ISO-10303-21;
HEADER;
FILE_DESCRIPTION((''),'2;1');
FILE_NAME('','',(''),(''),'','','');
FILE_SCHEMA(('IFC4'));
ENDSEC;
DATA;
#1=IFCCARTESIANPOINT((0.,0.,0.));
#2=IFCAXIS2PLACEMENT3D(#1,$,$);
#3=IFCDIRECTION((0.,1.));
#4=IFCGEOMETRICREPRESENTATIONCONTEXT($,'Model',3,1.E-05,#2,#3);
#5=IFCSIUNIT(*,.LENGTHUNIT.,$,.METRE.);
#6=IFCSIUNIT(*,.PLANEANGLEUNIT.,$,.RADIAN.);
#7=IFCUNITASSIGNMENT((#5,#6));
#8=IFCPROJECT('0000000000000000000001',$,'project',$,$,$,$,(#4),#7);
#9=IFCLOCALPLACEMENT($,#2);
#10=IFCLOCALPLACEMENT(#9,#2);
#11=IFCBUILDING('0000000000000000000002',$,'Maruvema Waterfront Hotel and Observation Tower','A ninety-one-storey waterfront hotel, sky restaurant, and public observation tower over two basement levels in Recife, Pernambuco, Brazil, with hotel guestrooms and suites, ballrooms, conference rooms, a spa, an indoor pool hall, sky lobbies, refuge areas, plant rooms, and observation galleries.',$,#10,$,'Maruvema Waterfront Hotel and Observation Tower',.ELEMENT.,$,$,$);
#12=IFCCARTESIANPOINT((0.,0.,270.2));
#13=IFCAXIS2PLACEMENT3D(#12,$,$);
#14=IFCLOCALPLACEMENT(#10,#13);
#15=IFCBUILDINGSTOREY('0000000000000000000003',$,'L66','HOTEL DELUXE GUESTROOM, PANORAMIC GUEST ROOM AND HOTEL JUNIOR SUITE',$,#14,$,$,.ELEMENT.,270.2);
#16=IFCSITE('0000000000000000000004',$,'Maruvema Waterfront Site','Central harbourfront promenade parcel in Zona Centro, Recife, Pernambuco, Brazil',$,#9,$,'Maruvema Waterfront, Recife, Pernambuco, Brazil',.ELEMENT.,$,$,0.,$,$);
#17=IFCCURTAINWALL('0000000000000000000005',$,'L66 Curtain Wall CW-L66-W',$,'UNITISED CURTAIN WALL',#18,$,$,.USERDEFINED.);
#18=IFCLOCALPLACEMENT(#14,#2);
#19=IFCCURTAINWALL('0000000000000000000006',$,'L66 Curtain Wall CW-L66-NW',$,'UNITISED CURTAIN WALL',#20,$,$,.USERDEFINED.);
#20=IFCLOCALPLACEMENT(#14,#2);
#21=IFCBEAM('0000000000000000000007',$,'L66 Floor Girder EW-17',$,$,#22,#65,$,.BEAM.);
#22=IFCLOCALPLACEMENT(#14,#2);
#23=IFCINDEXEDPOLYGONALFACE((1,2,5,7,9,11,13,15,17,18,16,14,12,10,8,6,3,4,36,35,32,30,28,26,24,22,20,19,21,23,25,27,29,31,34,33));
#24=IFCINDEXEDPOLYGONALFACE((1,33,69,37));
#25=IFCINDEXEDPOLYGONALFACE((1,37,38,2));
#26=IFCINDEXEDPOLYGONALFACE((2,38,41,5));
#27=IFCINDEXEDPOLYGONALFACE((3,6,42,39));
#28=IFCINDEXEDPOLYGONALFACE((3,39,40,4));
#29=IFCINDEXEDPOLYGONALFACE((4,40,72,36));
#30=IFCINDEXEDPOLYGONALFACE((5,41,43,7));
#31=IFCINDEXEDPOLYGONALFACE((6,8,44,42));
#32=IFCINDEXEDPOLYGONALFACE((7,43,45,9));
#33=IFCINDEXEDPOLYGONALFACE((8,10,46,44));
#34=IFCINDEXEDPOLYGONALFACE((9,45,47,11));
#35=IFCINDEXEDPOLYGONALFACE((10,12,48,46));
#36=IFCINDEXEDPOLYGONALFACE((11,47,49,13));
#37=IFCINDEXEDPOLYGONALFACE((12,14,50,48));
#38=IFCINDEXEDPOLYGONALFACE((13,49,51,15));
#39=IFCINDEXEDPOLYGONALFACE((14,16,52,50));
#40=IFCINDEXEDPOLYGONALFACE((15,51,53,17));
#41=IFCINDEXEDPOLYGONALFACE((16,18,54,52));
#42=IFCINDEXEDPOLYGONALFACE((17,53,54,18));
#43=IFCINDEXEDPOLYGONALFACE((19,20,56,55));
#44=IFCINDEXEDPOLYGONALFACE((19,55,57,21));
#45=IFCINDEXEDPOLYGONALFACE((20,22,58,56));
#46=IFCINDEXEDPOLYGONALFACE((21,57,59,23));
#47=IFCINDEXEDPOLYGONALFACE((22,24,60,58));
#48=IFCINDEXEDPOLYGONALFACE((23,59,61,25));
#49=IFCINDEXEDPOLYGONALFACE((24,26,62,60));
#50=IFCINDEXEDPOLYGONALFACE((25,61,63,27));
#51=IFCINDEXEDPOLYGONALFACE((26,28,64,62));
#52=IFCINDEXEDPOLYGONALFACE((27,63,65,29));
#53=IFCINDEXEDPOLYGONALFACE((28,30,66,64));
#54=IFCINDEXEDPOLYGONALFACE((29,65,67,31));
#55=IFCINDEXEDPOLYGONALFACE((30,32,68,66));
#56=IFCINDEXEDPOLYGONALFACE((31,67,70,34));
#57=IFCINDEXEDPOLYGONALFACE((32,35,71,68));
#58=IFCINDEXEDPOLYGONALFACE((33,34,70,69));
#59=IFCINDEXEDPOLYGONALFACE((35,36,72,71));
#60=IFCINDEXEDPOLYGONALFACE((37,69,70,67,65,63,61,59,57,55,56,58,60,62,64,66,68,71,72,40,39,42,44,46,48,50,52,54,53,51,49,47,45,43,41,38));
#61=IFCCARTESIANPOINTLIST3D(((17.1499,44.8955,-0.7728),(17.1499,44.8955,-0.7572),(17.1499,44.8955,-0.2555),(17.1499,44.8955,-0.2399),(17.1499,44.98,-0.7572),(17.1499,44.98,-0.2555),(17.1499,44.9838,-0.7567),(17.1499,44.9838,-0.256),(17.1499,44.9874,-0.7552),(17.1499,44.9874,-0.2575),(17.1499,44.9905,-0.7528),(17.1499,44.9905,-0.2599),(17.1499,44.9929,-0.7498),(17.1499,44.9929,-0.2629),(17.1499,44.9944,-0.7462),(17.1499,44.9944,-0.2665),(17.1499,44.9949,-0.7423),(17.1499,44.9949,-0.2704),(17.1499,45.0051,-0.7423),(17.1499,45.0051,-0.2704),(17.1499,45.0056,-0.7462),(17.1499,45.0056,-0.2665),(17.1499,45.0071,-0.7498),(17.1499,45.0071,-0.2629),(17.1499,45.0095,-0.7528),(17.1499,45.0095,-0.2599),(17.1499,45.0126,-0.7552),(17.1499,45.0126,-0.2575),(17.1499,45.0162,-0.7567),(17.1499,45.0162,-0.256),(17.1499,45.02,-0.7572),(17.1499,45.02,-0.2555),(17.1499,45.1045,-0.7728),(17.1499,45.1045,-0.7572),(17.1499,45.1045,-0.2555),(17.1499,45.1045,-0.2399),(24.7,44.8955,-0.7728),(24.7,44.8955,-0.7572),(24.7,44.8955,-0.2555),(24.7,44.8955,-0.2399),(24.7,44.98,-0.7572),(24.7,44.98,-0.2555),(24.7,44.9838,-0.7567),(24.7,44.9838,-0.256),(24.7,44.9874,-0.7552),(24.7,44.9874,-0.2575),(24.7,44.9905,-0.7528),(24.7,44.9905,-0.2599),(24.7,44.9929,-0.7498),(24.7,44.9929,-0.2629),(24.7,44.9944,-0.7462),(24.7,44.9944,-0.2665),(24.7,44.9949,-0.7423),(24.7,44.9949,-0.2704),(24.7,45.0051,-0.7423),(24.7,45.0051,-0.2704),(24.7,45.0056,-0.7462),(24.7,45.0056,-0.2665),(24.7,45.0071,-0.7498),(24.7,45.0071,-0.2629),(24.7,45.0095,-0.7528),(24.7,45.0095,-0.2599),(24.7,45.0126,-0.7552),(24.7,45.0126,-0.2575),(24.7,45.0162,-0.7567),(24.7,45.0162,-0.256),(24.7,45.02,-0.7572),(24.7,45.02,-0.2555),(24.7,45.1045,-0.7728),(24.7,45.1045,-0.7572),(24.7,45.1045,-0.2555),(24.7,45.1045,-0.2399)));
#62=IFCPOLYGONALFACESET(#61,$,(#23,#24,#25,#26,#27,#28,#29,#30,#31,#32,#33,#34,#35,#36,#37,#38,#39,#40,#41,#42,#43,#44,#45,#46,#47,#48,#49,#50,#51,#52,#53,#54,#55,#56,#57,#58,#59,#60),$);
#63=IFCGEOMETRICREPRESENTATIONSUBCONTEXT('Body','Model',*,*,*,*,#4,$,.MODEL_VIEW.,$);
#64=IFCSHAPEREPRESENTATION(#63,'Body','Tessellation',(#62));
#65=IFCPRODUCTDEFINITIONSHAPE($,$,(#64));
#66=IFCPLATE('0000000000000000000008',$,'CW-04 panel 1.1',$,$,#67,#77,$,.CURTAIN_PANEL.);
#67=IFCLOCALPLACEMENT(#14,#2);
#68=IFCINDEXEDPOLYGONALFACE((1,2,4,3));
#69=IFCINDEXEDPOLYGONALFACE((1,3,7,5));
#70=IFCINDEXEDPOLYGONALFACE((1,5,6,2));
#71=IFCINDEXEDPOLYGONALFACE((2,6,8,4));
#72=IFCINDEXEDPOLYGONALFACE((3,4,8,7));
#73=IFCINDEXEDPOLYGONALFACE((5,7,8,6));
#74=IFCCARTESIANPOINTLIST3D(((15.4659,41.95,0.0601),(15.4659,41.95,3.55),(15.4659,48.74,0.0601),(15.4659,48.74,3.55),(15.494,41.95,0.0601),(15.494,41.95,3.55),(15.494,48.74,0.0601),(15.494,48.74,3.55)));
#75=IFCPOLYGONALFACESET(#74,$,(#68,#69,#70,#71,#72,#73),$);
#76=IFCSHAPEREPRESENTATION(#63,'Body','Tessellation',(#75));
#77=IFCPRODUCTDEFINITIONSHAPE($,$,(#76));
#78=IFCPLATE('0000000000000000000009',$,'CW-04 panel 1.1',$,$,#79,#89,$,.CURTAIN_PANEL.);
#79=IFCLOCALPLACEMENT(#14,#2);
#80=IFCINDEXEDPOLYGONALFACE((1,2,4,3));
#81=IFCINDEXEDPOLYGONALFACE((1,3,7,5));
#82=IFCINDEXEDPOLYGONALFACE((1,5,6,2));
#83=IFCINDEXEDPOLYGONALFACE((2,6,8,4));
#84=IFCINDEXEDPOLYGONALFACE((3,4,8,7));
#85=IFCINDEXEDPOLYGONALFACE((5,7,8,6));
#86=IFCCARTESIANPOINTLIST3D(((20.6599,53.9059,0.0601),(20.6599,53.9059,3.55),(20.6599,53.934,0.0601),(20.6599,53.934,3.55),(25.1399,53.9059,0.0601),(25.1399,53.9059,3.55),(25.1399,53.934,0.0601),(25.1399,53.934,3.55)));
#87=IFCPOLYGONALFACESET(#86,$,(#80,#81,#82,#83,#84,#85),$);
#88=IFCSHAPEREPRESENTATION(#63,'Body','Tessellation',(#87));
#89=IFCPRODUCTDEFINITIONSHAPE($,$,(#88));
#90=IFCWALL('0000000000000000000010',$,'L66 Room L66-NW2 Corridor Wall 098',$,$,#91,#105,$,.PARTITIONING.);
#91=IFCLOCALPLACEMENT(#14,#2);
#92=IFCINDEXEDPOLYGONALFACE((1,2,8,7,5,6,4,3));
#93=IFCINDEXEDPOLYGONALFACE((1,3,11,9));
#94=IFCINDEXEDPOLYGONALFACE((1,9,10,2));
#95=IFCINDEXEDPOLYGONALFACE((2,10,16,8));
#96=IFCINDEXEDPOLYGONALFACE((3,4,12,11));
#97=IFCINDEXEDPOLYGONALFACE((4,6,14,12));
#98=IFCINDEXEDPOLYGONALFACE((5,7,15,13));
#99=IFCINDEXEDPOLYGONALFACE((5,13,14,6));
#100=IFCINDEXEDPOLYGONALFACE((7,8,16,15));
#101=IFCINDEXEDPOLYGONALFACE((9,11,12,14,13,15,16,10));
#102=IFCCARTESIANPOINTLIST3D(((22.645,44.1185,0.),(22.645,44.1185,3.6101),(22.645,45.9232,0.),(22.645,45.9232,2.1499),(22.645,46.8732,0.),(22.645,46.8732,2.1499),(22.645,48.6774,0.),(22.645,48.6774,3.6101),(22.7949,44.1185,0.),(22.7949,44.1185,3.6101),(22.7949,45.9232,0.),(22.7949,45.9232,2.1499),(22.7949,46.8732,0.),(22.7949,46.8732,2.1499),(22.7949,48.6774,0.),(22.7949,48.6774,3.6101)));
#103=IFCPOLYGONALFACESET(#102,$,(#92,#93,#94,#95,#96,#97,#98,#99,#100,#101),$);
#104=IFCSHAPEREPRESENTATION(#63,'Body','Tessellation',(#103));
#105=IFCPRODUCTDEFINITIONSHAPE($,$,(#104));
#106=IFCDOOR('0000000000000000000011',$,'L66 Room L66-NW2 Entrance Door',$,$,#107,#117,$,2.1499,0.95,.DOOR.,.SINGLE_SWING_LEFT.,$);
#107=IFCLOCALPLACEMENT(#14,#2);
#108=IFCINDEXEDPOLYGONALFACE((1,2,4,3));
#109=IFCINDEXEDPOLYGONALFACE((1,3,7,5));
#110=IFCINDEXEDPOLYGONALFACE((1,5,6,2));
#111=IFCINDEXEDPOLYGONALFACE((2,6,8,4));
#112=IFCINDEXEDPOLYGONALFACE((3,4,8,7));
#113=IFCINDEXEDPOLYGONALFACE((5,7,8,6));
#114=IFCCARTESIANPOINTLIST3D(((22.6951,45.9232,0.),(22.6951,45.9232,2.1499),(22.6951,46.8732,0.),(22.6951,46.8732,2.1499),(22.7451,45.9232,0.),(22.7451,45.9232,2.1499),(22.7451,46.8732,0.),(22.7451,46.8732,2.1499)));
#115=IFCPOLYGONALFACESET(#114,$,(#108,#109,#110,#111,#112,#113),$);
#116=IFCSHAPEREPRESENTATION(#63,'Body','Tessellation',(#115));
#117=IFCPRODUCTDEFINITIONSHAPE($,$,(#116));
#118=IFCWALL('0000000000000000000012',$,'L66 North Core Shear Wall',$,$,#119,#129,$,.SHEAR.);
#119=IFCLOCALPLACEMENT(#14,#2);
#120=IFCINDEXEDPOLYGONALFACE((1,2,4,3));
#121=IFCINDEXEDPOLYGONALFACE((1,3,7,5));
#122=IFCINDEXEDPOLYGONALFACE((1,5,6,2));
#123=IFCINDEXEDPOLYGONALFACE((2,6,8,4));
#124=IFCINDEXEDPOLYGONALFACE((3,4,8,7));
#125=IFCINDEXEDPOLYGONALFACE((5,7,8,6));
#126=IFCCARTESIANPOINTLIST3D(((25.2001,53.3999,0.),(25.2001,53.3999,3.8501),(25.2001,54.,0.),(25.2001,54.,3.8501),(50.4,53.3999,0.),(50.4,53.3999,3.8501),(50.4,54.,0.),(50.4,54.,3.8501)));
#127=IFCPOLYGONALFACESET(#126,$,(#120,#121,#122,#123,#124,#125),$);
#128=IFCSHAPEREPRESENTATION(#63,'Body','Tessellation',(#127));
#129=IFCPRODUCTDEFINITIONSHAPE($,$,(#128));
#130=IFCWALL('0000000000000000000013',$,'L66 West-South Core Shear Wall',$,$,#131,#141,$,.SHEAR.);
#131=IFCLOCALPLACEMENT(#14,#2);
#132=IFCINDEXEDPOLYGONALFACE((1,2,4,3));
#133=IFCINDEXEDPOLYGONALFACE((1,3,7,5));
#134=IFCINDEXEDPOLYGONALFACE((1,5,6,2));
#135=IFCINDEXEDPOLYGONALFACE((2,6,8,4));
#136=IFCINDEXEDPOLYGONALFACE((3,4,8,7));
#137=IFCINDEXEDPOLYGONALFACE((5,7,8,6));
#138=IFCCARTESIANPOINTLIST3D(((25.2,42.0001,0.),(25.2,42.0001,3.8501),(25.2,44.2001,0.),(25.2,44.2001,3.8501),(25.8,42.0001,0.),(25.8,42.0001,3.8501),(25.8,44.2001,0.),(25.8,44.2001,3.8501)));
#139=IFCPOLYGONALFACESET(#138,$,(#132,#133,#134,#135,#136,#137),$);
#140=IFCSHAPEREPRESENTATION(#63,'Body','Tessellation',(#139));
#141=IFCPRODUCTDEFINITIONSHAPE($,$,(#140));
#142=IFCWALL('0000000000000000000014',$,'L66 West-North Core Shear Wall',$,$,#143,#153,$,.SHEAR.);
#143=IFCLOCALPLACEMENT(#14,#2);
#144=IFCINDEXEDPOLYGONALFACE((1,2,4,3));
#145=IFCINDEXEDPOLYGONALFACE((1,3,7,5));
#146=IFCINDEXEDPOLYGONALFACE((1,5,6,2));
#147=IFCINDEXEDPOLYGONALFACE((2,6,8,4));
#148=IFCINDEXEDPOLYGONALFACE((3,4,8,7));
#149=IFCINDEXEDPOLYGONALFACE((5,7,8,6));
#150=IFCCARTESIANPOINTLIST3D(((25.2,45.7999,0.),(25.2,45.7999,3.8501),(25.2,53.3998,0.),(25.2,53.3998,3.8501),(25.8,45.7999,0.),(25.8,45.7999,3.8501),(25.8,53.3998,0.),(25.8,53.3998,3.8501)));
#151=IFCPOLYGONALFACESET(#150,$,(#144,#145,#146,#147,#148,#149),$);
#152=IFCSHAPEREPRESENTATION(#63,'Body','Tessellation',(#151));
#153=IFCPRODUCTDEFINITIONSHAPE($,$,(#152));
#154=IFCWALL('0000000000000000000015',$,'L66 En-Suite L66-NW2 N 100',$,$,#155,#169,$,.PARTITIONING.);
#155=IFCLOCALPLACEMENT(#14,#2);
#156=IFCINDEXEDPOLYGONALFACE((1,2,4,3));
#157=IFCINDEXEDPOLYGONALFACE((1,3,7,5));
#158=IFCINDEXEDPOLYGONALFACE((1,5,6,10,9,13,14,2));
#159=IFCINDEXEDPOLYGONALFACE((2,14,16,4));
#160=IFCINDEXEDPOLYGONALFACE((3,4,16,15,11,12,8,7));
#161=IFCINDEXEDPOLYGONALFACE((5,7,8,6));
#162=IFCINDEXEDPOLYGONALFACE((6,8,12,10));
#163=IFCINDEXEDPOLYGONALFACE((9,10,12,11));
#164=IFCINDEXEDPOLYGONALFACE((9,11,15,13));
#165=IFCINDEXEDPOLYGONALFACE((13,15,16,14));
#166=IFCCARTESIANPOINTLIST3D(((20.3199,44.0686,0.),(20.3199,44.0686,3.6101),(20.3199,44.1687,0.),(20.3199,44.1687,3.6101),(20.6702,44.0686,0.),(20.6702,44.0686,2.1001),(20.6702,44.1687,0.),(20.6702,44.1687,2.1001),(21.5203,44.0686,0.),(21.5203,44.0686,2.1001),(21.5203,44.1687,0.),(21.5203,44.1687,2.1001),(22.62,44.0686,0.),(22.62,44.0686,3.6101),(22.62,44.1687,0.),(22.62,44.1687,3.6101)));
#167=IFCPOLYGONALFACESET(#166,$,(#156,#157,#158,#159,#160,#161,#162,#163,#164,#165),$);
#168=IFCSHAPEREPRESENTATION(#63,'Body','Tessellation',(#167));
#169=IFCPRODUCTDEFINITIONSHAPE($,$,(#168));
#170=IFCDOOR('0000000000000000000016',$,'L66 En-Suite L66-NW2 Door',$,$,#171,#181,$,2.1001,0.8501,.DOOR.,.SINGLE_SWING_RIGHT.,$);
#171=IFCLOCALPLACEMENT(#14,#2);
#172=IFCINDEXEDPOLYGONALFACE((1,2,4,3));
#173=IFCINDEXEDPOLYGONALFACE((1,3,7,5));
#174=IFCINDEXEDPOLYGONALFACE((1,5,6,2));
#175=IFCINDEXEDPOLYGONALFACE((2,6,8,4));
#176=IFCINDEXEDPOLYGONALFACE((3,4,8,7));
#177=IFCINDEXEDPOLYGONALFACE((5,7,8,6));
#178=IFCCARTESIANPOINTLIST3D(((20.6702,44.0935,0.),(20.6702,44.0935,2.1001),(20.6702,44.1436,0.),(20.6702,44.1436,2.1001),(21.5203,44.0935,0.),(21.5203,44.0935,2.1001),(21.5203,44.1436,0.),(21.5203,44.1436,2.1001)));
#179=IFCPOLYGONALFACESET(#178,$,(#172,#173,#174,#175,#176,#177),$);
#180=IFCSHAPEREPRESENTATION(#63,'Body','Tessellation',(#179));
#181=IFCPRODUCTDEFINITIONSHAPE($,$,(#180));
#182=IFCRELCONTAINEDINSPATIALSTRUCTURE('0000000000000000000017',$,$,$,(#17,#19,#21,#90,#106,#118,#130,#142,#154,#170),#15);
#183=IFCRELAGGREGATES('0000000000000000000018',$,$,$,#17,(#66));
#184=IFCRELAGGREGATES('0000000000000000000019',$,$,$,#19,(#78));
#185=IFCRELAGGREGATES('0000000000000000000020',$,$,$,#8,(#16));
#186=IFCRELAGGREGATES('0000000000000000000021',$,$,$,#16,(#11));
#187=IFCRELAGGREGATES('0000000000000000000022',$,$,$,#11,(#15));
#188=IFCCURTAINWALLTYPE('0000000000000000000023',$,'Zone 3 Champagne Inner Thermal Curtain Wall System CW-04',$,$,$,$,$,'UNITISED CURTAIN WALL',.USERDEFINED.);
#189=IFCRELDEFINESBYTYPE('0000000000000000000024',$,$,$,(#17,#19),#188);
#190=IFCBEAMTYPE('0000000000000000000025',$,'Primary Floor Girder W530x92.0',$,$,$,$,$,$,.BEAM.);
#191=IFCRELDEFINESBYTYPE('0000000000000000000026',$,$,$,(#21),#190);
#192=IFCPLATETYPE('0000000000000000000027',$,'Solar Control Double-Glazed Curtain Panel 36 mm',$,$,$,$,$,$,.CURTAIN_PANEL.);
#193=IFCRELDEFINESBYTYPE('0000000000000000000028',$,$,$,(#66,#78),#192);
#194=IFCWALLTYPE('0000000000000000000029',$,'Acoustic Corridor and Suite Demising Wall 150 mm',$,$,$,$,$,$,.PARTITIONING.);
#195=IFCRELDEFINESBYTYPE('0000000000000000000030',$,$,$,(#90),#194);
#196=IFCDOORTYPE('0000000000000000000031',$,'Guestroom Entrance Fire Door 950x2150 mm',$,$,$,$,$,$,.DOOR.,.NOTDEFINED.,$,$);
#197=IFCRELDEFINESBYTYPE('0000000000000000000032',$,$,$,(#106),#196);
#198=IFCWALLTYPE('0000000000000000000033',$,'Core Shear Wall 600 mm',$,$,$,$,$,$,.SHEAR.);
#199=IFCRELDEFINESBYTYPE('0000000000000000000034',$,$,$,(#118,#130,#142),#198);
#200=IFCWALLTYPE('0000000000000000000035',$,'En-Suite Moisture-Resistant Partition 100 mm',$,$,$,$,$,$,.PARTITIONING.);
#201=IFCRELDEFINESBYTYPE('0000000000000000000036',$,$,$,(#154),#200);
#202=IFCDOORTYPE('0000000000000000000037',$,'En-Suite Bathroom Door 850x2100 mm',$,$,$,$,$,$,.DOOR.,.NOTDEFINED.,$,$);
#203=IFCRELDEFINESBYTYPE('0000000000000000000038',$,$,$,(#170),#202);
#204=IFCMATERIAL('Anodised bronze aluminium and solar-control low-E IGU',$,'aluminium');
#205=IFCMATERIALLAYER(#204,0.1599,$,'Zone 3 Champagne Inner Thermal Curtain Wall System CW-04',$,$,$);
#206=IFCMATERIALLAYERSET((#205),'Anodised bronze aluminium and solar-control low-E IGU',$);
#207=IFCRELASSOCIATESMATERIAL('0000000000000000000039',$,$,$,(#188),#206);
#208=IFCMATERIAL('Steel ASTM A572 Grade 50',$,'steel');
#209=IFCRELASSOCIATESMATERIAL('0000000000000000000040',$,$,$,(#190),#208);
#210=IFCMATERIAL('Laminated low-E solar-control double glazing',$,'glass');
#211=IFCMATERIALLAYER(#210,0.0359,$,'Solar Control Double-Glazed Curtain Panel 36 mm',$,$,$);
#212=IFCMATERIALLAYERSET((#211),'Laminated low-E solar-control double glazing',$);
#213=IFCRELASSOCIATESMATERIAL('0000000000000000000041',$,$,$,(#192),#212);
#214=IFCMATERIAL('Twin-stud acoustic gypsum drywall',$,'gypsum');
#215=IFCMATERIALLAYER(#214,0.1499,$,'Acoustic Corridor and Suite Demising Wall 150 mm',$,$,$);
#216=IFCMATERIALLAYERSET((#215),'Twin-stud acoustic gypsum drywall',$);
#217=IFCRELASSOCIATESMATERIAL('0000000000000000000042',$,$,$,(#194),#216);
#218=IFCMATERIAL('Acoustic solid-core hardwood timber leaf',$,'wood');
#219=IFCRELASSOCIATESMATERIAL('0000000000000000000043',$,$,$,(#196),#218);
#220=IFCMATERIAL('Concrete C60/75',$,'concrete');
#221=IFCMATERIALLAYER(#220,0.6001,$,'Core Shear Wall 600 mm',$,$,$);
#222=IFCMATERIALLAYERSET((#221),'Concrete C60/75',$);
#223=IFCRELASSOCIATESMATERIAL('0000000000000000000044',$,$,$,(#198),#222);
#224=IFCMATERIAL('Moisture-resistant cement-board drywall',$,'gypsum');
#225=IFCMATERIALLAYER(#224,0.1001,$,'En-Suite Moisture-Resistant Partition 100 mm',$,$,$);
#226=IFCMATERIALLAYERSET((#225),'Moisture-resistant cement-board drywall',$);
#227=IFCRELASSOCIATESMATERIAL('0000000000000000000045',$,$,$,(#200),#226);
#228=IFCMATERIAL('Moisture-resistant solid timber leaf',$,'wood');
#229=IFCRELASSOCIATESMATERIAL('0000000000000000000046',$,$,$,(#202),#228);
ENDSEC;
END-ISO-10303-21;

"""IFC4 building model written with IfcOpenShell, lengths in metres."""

from ifc_helpers import new_model, si_unit, direction, frame, frame_2d, origin, origin_2d, place, context, subcontext, project, spatial, rectangle, i_section, extrude, material, layer, layer_set, material_profile, profile_set, type_object, element, fill, aggregate, save


model = new_model("IFC4")

# Units and contexts
model_context = context("Model", 3, precision=1e-05, world=origin(), true_north=direction((0.0, 1.0)))
body_context = subcontext(model_context, "Body", "Model", "MODEL_VIEW")
ifc_project = project(units=[si_unit("LENGTHUNIT", "METRE"), si_unit("PLANEANGLEUNIT", "RADIAN")], contexts=[model_context])

# Site, building, storey
site_placement = place(None, origin())
site = spatial("IfcSite", under=ifc_project, at=site_placement, Name="Maruvema Waterfront Site", Description="Central harbourfront promenade parcel in Zona Centro, Recife, Pernambuco, Brazil", LongName="Maruvema Waterfront, Recife, Pernambuco, Brazil", CompositionType="ELEMENT", RefElevation=0.0)
building_placement = place(site_placement, origin())
building = spatial("IfcBuilding", under=site, at=building_placement, Name="Maruvema Waterfront Hotel and Observation Tower", Description="A ninety-one-storey waterfront hotel, sky restaurant, and public observation tower over two basement levels in Recife, Pernambuco, Brazil, with hotel guestrooms and suites, ballrooms, conference rooms, a spa, an indoor pool hall, sky lobbies, refuge areas, plant rooms, and observation galleries.", LongName="Maruvema Waterfront Hotel and Observation Tower", CompositionType="ELEMENT")
storey_placement = place(building_placement, frame((0.0, 0.0, 270.2)))
storey = spatial("IfcBuildingStorey", under=building, at=storey_placement, Name="L66", Description="HOTEL DELUXE GUESTROOM, PANORAMIC GUEST ROOM AND HOTEL JUNIOR SUITE", CompositionType="ELEMENT", Elevation=270.2)

# Curtain walls
ifc_material_1 = material(Name="Anodised bronze aluminium and solar-control low-E IGU", Category="aluminium")
ifc_layer_1 = layer(ifc_material_1, 0.1599, Name="Zone 3 Champagne Inner Thermal Curtain Wall System CW-04")
ifc_layer_set_1 = layer_set([ifc_layer_1], Name="Anodised bronze aluminium and solar-control low-E IGU")
curtain_wall_type = type_object("IfcCurtainWallType", Name="Zone 3 Champagne Inner Thermal Curtain Wall System CW-04", ElementType="UNITISED CURTAIN WALL", PredefinedType="USERDEFINED", material=ifc_layer_set_1)
curtain_wall_1_placement = place(storey_placement, origin())
curtain_wall_1 = element("IfcCurtainWall", 1, at=curtain_wall_1_placement, inside=storey, type_object=curtain_wall_type, Name="L66 Curtain Wall CW-L66-W", ObjectType="UNITISED CURTAIN WALL", PredefinedType="USERDEFINED")
curtain_wall_2_placement = place(storey_placement, origin())
curtain_wall_2 = element("IfcCurtainWall", 2, at=curtain_wall_2_placement, inside=storey, type_object=curtain_wall_type, Name="L66 Curtain Wall CW-L66-NW", ObjectType="UNITISED CURTAIN WALL", PredefinedType="USERDEFINED")

# Beam
ifc_material_2 = material(Name="Steel ASTM A572 Grade 50", Category="steel")
ifc_material_profile_1 = material_profile(ifc_material_2, i_section(OverallWidth=0.209, OverallDepth=0.533, WebThickness=0.0103, FlangeThickness=0.0156, FilletRadius=0.0149, at=origin_2d()), Name="W530x92.0")
ifc_profile_set_1 = profile_set([ifc_material_profile_1], Name="Steel ASTM A572 Grade 50")
beam_type = type_object("IfcBeamType", Name="Primary Floor Girder W530x92.0", PredefinedType="BEAM", material=ifc_profile_set_1)
beam_placement = place(storey_placement, frame((17.1499, 45.0, -0.5063), z_axis=(1.0, 0.0, 0.0), x_axis=(0.0, 1.0, 0.0)))
element("IfcBeam", 3, at=beam_placement, inside=storey, type_object=beam_type, Name="L66 Floor Girder EW-17", PredefinedType="BEAM", context=body_context, shape_type="SweptSolid", body=[
    extrude(i_section(OverallWidth=0.209, OverallDepth=0.533, WebThickness=0.0103, FlangeThickness=0.0156, FilletRadius=0.0149, at=origin_2d()), origin(), (0.0, 0.0, 1.0), 7.55),
])

# Plates
ifc_material_3 = material(Name="Laminated low-E solar-control double glazing", Category="glass")
ifc_layer_2 = layer(ifc_material_3, 0.0359, Name="Solar Control Double-Glazed Curtain Panel 36 mm")
ifc_layer_set_2 = layer_set([ifc_layer_2], Name="Laminated low-E solar-control double glazing")
plate_type = type_object("IfcPlateType", Name="Solar Control Double-Glazed Curtain Panel 36 mm", PredefinedType="CURTAIN_PANEL", material=ifc_layer_set_2)
plate_1_placement = place(storey_placement, frame((15.48, 45.345, 0.0601), z_axis=(0.0, 0.0, 1.0), x_axis=(0.0, -1.0, 0.0)))
plate_1 = element("IfcPlate", 4, at=plate_1_placement, type_object=plate_type, Name="CW-04 panel 1.1", PredefinedType="CURTAIN_PANEL", context=body_context, shape_type="SweptSolid", body=[
    extrude(rectangle(XDim=6.79, YDim=0.0281, at=origin_2d()), origin(), (0.0, 0.0, 1.0), 3.49),
])
aggregate(curtain_wall_1, [plate_1])
plate_2_placement = place(storey_placement, frame((22.8999, 53.9199, 0.0601), z_axis=(0.0, 0.0, 1.0), x_axis=(-1.0, 0.0, 0.0)))
plate_2 = element("IfcPlate", 5, at=plate_2_placement, type_object=plate_type, Name="CW-04 panel 1.1", PredefinedType="CURTAIN_PANEL", context=body_context, shape_type="SweptSolid", body=[
    extrude(rectangle(XDim=4.48, YDim=0.0281, at=origin_2d()), origin(), (0.0, 0.0, 1.0), 3.49),
])
aggregate(curtain_wall_2, [plate_2])

# Wall, opening, door
ifc_material_4 = material(Name="Twin-stud acoustic gypsum drywall", Category="gypsum")
ifc_layer_3 = layer(ifc_material_4, 0.1499, Name="Acoustic Corridor and Suite Demising Wall 150 mm")
ifc_layer_set_3 = layer_set([ifc_layer_3], Name="Twin-stud acoustic gypsum drywall")
wall_type_1 = type_object("IfcWallType", Name="Acoustic Corridor and Suite Demising Wall 150 mm", PredefinedType="PARTITIONING", material=ifc_layer_set_3)
wall_1_placement = place(storey_placement, frame((22.72, 44.1187, 0.0), z_axis=(0.0, 0.0, 1.0), x_axis=(0.0, 1.0, 0.0)))
wall_1 = element("IfcWall", 6, at=wall_1_placement, inside=storey, type_object=wall_type_1, Name="L66 Room L66-NW2 Corridor Wall 098", PredefinedType="PARTITIONING", context=body_context, shape_type="SweptSolid", body=[
    extrude(rectangle(XDim=4.5588, YDim=0.1499, at=frame_2d((2.2793, 0.0))), origin(), (0.0, 0.0, 1.0), 3.6101),
])
opening_1_placement = place(wall_1_placement, frame((1.8044, 0.0, 0.0)))
opening_1 = element("IfcOpeningElement", 7, at=opening_1_placement, cuts=wall_1, PredefinedType="OPENING", context=body_context, shape_type="SweptSolid", body=[
    extrude(rectangle(XDim=0.95, YDim=2.1499, at=frame_2d((0.4751, 1.075))), frame((0.0, 0.085, 0.0), z_axis=(0.0, -1.0, 0.0), x_axis=(1.0, 0.0, 0.0)), (0.0, 0.0, 1.0), 0.1699),
])
ifc_material_5 = material(Name="Acoustic solid-core hardwood timber leaf", Category="wood")
door_type_1 = type_object("IfcDoorType", Name="Guestroom Entrance Fire Door 950x2150 mm", OperationType="NOTDEFINED", PredefinedType="DOOR", material=ifc_material_5)
door_1_placement = place(opening_1_placement, origin())
door_1 = element("IfcDoor", 8, at=door_1_placement, inside=storey, type_object=door_type_1, Name="L66 Room L66-NW2 Entrance Door", OperationType="SINGLE_SWING_LEFT", OverallHeight=2.1499, OverallWidth=0.95, PredefinedType="DOOR", context=body_context, shape_type="SweptSolid", body=[
    extrude(rectangle(XDim=0.95, YDim=2.1499, at=frame_2d((0.4751, 1.075))), frame((0.0, 0.0249, 0.0), z_axis=(0.0, -1.0, 0.0), x_axis=(1.0, 0.0, 0.0)), (0.0, 0.0, 1.0), 0.05),
])
fill(opening_1, door_1)

# Walls
ifc_material_6 = material(Name="Concrete C60/75", Category="concrete")
ifc_layer_4 = layer(ifc_material_6, 0.6001, Name="Core Shear Wall 600 mm")
ifc_layer_set_4 = layer_set([ifc_layer_4], Name="Concrete C60/75")
wall_type_2 = type_object("IfcWallType", Name="Core Shear Wall 600 mm", PredefinedType="SHEAR", material=ifc_layer_set_4)
wall_2_placement = place(storey_placement, frame((25.2, 53.7, 0.0), z_axis=(0.0, 0.0, 1.0), x_axis=(1.0, 0.0, 0.0)))
element("IfcWall", 9, at=wall_2_placement, inside=storey, type_object=wall_type_2, Name="L66 North Core Shear Wall", PredefinedType="SHEAR", context=body_context, shape_type="SweptSolid", body=[
    extrude(rectangle(XDim=25.2, YDim=0.6001, at=frame_2d((12.6001, 0.0))), origin(), (0.0, 0.0, 1.0), 3.8501),
])
wall_3_placement = place(storey_placement, frame((25.5, 42.0, 0.0), z_axis=(0.0, 0.0, 1.0), x_axis=(0.0, 1.0, 0.0)))
element("IfcWall", 10, at=wall_3_placement, inside=storey, type_object=wall_type_2, Name="L66 West-South Core Shear Wall", PredefinedType="SHEAR", context=body_context, shape_type="SweptSolid", body=[
    extrude(rectangle(XDim=2.2, YDim=0.6001, at=frame_2d((1.1001, 0.0))), origin(), (0.0, 0.0, 1.0), 3.8501),
])
wall_4_placement = place(storey_placement, frame((25.5, 45.8, 0.0), z_axis=(0.0, 0.0, 1.0), x_axis=(0.0, 1.0, 0.0)))
element("IfcWall", 11, at=wall_4_placement, inside=storey, type_object=wall_type_2, Name="L66 West-North Core Shear Wall", PredefinedType="SHEAR", context=body_context, shape_type="SweptSolid", body=[
    extrude(rectangle(XDim=7.5999, YDim=0.6001, at=frame_2d((3.7998, 0.0))), origin(), (0.0, 0.0, 1.0), 3.8501),
])

# Wall, opening, door
ifc_material_7 = material(Name="Moisture-resistant cement-board drywall", Category="gypsum")
ifc_layer_5 = layer(ifc_material_7, 0.1001, Name="En-Suite Moisture-Resistant Partition 100 mm")
ifc_layer_set_5 = layer_set([ifc_layer_5], Name="Moisture-resistant cement-board drywall")
wall_type_3 = type_object("IfcWallType", Name="En-Suite Moisture-Resistant Partition 100 mm", PredefinedType="PARTITIONING", material=ifc_layer_set_5)
wall_5_placement = place(storey_placement, frame((20.3201, 44.1187, 0.0), z_axis=(0.0, 0.0, 1.0), x_axis=(1.0, 0.0, 0.0)))
wall_5 = element("IfcWall", 12, at=wall_5_placement, inside=storey, type_object=wall_type_3, Name="L66 En-Suite L66-NW2 N 100", PredefinedType="PARTITIONING", context=body_context, shape_type="SweptSolid", body=[
    extrude(rectangle(XDim=2.3, YDim=0.1001, at=frame_2d((1.1499, 0.0))), origin(), (0.0, 0.0, 1.0), 3.6101),
])
opening_2_placement = place(wall_5_placement, frame((0.3501, 0.0, 0.0)))
opening_2 = element("IfcOpeningElement", 13, at=opening_2_placement, cuts=wall_5, PredefinedType="OPENING", context=body_context, shape_type="SweptSolid", body=[
    extrude(rectangle(XDim=0.8501, YDim=2.1001, at=frame_2d((0.425, 1.05))), frame((0.0, 0.0601, 0.0), z_axis=(0.0, -1.0, 0.0), x_axis=(1.0, 0.0, 0.0)), (0.0, 0.0, 1.0), 0.1201),
])
ifc_material_8 = material(Name="Moisture-resistant solid timber leaf", Category="wood")
door_type_2 = type_object("IfcDoorType", Name="En-Suite Bathroom Door 850x2100 mm", OperationType="NOTDEFINED", PredefinedType="DOOR", material=ifc_material_8)
door_2_placement = place(opening_2_placement, origin())
door_2 = element("IfcDoor", 14, at=door_2_placement, inside=storey, type_object=door_type_2, Name="L66 En-Suite L66-NW2 Door", OperationType="SINGLE_SWING_RIGHT", OverallHeight=2.1001, OverallWidth=0.8501, PredefinedType="DOOR", context=body_context, shape_type="SweptSolid", body=[
    extrude(rectangle(XDim=0.8501, YDim=2.1001, at=frame_2d((0.425, 1.05))), frame((0.0, 0.0249, 0.0), z_axis=(0.0, -1.0, 0.0), x_axis=(1.0, 0.0, 0.0)), (0.0, 0.0, 1.0), 0.05),
])
fill(opening_2, door_2)

save(model, "model.ifc")
